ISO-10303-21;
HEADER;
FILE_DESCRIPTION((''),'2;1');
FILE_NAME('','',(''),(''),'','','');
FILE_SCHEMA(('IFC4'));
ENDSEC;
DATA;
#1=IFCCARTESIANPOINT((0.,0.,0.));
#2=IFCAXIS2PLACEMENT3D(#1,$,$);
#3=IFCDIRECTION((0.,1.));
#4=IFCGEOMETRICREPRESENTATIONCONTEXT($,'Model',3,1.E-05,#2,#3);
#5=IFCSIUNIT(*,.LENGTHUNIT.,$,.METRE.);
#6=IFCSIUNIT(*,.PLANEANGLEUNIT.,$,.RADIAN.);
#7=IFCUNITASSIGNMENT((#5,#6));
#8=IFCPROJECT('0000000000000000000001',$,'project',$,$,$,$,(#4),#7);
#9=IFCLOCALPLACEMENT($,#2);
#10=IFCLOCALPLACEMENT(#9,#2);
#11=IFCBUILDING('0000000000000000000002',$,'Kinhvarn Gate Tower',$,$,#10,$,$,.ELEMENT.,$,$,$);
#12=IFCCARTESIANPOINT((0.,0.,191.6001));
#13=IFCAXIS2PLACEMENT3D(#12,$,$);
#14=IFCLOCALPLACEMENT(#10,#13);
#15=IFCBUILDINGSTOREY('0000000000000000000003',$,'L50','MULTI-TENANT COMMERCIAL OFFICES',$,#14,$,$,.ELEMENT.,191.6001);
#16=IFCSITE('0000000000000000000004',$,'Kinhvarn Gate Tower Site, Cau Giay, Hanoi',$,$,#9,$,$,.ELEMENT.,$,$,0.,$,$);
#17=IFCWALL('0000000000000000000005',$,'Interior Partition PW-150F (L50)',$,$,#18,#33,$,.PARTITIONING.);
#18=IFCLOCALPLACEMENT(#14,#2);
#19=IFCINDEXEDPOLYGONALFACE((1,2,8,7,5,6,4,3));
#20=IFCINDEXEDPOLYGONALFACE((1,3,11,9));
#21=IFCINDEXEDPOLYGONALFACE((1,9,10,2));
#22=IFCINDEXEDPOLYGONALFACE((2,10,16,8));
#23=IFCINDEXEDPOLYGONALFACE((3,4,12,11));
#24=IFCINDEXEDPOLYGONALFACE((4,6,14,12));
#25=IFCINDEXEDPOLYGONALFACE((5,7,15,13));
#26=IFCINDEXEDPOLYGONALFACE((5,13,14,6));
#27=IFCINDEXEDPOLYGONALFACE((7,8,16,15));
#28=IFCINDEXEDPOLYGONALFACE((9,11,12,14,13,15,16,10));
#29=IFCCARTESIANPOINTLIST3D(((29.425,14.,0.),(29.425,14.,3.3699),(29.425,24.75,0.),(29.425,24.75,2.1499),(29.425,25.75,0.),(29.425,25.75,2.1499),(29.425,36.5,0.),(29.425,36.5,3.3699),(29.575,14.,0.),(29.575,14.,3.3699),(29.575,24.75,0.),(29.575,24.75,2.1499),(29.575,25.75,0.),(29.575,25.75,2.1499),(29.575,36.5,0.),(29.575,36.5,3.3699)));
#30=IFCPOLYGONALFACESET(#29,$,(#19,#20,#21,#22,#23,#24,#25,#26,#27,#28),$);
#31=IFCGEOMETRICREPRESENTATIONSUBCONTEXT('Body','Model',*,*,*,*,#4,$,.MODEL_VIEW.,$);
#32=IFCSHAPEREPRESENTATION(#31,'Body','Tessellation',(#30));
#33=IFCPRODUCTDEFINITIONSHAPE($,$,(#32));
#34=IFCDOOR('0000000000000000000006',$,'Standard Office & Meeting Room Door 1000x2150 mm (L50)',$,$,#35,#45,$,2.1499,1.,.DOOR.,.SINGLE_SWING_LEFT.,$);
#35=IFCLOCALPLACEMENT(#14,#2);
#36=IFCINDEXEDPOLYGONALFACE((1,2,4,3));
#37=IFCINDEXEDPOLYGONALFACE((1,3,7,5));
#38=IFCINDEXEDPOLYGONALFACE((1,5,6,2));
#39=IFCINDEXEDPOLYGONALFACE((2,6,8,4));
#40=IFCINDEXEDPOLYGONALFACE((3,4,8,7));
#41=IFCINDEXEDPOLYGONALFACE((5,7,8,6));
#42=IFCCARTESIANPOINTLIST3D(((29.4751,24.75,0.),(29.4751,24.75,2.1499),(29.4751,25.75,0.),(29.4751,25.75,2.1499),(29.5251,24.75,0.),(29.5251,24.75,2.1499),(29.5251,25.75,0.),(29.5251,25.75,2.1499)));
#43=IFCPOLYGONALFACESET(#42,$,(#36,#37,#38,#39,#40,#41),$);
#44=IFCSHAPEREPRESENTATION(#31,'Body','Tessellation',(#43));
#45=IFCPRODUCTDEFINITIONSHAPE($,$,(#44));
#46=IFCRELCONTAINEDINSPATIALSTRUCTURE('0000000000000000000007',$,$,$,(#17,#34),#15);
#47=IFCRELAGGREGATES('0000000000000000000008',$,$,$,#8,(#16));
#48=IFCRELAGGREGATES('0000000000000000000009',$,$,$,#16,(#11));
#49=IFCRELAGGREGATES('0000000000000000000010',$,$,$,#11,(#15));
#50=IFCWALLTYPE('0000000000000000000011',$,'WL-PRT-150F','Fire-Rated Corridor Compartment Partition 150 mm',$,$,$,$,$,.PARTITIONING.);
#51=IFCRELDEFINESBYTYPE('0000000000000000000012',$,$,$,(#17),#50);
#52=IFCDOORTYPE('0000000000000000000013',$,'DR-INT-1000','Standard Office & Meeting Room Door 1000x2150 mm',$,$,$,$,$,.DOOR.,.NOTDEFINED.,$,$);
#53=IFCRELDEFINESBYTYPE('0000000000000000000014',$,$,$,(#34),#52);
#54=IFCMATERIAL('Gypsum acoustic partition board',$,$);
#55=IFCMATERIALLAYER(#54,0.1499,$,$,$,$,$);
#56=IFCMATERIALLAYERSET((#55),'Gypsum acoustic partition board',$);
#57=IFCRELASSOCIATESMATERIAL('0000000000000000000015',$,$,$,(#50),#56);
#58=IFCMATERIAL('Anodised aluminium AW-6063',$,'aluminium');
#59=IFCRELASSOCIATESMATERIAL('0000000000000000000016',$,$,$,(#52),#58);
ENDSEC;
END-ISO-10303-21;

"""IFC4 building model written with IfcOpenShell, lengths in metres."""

from ifc_helpers import new_model, si_unit, direction, frame, frame_2d, origin, place, context, subcontext, project, spatial, rectangle, extrude, material, layer, layer_set, type_object, element, fill, save


model = new_model("IFC4")

# Units and contexts
model_context = context("Model", 3, precision=1e-05, world=origin(), true_north=direction((0.0, 1.0)))
body_context = subcontext(model_context, "Body", "Model", "MODEL_VIEW")
ifc_project = project(units=[si_unit("LENGTHUNIT", "METRE"), si_unit("PLANEANGLEUNIT", "RADIAN")], contexts=[model_context])

# Site, building, storey
site_placement = place(None, origin())
site = spatial("IfcSite", under=ifc_project, at=site_placement, Name="Kinhvarn Gate Tower Site, Cau Giay, Hanoi", CompositionType="ELEMENT", RefElevation=0.0)
building_placement = place(site_placement, origin())
building = spatial("IfcBuilding", under=site, at=building_placement, Name="Kinhvarn Gate Tower", CompositionType="ELEMENT")
storey_placement = place(building_placement, frame((0.0, 0.0, 191.6001)))
storey = spatial("IfcBuildingStorey", under=building, at=storey_placement, Name="L50", Description="MULTI-TENANT COMMERCIAL OFFICES", CompositionType="ELEMENT", Elevation=191.6001)

# Shared definitions
ifc_material_1 = material(Name="Gypsum acoustic partition board")

# Shared definitions
ifc_material_2 = material(Name="Anodised aluminium AW-6063", Category="aluminium")

# Shared definitions
ifc_layer_1 = layer(ifc_material_1, 0.1499)
ifc_layer_set_1 = layer_set([ifc_layer_1], Name="Gypsum acoustic partition board")
wall_type_1 = type_object("IfcWallType", Name="WL-PRT-150F", Description="Fire-Rated Corridor Compartment Partition 150 mm", PredefinedType="PARTITIONING", material=ifc_layer_set_1)

# Shared definitions
door_type_1 = type_object("IfcDoorType", Name="DR-INT-1000", Description="Standard Office & Meeting Room Door 1000x2150 mm", OperationType="NOTDEFINED", PredefinedType="DOOR", material=ifc_material_2)

# Wall, opening, door
wall_1_placement = place(storey_placement, frame((29.5, 14.0, 0.0), z_axis=(0.0, 0.0, 1.0), x_axis=(0.0, 1.0, 0.0)))
wall_1 = element("IfcWall", 1, at=wall_1_placement, inside=storey, type_object=wall_type_1, Name="Interior Partition PW-150F (L50)", PredefinedType="PARTITIONING", context=body_context, shape_type="SweptSolid", body=[
    extrude(rectangle(XDim=22.5, YDim=0.1499, at=frame_2d((11.25, 0.0))), origin(), (0.0, 0.0, 1.0), 3.3699),
])
opening_1_placement = place(wall_1_placement, frame((10.75, 0.0, 0.0)))
opening_1 = element("IfcOpeningElement", 2, at=opening_1_placement, cuts=wall_1, PredefinedType="OPENING", context=body_context, shape_type="SweptSolid", body=[
    extrude(rectangle(XDim=1.0, YDim=2.1499, at=frame_2d((0.5, 1.075))), frame((0.0, 0.085, 0.0), z_axis=(0.0, -1.0, 0.0), x_axis=(1.0, 0.0, 0.0)), (0.0, 0.0, 1.0), 0.1699),
])
door_1_placement = place(opening_1_placement, origin())
door_1 = element("IfcDoor", 3, at=door_1_placement, inside=storey, type_object=door_type_1, Name="Standard Office & Meeting Room Door 1000x2150 mm (L50)", OperationType="SINGLE_SWING_LEFT", OverallHeight=2.1499, OverallWidth=1.0, PredefinedType="DOOR", context=body_context, shape_type="SweptSolid", body=[
    extrude(rectangle(XDim=1.0, YDim=2.1499, at=frame_2d((0.5, 1.075))), frame((0.0, 0.0249, 0.0), z_axis=(0.0, -1.0, 0.0), x_axis=(1.0, 0.0, 0.0)), (0.0, 0.0, 1.0), 0.05),
])
fill(opening_1, door_1)

save(model, "model.ifc")
